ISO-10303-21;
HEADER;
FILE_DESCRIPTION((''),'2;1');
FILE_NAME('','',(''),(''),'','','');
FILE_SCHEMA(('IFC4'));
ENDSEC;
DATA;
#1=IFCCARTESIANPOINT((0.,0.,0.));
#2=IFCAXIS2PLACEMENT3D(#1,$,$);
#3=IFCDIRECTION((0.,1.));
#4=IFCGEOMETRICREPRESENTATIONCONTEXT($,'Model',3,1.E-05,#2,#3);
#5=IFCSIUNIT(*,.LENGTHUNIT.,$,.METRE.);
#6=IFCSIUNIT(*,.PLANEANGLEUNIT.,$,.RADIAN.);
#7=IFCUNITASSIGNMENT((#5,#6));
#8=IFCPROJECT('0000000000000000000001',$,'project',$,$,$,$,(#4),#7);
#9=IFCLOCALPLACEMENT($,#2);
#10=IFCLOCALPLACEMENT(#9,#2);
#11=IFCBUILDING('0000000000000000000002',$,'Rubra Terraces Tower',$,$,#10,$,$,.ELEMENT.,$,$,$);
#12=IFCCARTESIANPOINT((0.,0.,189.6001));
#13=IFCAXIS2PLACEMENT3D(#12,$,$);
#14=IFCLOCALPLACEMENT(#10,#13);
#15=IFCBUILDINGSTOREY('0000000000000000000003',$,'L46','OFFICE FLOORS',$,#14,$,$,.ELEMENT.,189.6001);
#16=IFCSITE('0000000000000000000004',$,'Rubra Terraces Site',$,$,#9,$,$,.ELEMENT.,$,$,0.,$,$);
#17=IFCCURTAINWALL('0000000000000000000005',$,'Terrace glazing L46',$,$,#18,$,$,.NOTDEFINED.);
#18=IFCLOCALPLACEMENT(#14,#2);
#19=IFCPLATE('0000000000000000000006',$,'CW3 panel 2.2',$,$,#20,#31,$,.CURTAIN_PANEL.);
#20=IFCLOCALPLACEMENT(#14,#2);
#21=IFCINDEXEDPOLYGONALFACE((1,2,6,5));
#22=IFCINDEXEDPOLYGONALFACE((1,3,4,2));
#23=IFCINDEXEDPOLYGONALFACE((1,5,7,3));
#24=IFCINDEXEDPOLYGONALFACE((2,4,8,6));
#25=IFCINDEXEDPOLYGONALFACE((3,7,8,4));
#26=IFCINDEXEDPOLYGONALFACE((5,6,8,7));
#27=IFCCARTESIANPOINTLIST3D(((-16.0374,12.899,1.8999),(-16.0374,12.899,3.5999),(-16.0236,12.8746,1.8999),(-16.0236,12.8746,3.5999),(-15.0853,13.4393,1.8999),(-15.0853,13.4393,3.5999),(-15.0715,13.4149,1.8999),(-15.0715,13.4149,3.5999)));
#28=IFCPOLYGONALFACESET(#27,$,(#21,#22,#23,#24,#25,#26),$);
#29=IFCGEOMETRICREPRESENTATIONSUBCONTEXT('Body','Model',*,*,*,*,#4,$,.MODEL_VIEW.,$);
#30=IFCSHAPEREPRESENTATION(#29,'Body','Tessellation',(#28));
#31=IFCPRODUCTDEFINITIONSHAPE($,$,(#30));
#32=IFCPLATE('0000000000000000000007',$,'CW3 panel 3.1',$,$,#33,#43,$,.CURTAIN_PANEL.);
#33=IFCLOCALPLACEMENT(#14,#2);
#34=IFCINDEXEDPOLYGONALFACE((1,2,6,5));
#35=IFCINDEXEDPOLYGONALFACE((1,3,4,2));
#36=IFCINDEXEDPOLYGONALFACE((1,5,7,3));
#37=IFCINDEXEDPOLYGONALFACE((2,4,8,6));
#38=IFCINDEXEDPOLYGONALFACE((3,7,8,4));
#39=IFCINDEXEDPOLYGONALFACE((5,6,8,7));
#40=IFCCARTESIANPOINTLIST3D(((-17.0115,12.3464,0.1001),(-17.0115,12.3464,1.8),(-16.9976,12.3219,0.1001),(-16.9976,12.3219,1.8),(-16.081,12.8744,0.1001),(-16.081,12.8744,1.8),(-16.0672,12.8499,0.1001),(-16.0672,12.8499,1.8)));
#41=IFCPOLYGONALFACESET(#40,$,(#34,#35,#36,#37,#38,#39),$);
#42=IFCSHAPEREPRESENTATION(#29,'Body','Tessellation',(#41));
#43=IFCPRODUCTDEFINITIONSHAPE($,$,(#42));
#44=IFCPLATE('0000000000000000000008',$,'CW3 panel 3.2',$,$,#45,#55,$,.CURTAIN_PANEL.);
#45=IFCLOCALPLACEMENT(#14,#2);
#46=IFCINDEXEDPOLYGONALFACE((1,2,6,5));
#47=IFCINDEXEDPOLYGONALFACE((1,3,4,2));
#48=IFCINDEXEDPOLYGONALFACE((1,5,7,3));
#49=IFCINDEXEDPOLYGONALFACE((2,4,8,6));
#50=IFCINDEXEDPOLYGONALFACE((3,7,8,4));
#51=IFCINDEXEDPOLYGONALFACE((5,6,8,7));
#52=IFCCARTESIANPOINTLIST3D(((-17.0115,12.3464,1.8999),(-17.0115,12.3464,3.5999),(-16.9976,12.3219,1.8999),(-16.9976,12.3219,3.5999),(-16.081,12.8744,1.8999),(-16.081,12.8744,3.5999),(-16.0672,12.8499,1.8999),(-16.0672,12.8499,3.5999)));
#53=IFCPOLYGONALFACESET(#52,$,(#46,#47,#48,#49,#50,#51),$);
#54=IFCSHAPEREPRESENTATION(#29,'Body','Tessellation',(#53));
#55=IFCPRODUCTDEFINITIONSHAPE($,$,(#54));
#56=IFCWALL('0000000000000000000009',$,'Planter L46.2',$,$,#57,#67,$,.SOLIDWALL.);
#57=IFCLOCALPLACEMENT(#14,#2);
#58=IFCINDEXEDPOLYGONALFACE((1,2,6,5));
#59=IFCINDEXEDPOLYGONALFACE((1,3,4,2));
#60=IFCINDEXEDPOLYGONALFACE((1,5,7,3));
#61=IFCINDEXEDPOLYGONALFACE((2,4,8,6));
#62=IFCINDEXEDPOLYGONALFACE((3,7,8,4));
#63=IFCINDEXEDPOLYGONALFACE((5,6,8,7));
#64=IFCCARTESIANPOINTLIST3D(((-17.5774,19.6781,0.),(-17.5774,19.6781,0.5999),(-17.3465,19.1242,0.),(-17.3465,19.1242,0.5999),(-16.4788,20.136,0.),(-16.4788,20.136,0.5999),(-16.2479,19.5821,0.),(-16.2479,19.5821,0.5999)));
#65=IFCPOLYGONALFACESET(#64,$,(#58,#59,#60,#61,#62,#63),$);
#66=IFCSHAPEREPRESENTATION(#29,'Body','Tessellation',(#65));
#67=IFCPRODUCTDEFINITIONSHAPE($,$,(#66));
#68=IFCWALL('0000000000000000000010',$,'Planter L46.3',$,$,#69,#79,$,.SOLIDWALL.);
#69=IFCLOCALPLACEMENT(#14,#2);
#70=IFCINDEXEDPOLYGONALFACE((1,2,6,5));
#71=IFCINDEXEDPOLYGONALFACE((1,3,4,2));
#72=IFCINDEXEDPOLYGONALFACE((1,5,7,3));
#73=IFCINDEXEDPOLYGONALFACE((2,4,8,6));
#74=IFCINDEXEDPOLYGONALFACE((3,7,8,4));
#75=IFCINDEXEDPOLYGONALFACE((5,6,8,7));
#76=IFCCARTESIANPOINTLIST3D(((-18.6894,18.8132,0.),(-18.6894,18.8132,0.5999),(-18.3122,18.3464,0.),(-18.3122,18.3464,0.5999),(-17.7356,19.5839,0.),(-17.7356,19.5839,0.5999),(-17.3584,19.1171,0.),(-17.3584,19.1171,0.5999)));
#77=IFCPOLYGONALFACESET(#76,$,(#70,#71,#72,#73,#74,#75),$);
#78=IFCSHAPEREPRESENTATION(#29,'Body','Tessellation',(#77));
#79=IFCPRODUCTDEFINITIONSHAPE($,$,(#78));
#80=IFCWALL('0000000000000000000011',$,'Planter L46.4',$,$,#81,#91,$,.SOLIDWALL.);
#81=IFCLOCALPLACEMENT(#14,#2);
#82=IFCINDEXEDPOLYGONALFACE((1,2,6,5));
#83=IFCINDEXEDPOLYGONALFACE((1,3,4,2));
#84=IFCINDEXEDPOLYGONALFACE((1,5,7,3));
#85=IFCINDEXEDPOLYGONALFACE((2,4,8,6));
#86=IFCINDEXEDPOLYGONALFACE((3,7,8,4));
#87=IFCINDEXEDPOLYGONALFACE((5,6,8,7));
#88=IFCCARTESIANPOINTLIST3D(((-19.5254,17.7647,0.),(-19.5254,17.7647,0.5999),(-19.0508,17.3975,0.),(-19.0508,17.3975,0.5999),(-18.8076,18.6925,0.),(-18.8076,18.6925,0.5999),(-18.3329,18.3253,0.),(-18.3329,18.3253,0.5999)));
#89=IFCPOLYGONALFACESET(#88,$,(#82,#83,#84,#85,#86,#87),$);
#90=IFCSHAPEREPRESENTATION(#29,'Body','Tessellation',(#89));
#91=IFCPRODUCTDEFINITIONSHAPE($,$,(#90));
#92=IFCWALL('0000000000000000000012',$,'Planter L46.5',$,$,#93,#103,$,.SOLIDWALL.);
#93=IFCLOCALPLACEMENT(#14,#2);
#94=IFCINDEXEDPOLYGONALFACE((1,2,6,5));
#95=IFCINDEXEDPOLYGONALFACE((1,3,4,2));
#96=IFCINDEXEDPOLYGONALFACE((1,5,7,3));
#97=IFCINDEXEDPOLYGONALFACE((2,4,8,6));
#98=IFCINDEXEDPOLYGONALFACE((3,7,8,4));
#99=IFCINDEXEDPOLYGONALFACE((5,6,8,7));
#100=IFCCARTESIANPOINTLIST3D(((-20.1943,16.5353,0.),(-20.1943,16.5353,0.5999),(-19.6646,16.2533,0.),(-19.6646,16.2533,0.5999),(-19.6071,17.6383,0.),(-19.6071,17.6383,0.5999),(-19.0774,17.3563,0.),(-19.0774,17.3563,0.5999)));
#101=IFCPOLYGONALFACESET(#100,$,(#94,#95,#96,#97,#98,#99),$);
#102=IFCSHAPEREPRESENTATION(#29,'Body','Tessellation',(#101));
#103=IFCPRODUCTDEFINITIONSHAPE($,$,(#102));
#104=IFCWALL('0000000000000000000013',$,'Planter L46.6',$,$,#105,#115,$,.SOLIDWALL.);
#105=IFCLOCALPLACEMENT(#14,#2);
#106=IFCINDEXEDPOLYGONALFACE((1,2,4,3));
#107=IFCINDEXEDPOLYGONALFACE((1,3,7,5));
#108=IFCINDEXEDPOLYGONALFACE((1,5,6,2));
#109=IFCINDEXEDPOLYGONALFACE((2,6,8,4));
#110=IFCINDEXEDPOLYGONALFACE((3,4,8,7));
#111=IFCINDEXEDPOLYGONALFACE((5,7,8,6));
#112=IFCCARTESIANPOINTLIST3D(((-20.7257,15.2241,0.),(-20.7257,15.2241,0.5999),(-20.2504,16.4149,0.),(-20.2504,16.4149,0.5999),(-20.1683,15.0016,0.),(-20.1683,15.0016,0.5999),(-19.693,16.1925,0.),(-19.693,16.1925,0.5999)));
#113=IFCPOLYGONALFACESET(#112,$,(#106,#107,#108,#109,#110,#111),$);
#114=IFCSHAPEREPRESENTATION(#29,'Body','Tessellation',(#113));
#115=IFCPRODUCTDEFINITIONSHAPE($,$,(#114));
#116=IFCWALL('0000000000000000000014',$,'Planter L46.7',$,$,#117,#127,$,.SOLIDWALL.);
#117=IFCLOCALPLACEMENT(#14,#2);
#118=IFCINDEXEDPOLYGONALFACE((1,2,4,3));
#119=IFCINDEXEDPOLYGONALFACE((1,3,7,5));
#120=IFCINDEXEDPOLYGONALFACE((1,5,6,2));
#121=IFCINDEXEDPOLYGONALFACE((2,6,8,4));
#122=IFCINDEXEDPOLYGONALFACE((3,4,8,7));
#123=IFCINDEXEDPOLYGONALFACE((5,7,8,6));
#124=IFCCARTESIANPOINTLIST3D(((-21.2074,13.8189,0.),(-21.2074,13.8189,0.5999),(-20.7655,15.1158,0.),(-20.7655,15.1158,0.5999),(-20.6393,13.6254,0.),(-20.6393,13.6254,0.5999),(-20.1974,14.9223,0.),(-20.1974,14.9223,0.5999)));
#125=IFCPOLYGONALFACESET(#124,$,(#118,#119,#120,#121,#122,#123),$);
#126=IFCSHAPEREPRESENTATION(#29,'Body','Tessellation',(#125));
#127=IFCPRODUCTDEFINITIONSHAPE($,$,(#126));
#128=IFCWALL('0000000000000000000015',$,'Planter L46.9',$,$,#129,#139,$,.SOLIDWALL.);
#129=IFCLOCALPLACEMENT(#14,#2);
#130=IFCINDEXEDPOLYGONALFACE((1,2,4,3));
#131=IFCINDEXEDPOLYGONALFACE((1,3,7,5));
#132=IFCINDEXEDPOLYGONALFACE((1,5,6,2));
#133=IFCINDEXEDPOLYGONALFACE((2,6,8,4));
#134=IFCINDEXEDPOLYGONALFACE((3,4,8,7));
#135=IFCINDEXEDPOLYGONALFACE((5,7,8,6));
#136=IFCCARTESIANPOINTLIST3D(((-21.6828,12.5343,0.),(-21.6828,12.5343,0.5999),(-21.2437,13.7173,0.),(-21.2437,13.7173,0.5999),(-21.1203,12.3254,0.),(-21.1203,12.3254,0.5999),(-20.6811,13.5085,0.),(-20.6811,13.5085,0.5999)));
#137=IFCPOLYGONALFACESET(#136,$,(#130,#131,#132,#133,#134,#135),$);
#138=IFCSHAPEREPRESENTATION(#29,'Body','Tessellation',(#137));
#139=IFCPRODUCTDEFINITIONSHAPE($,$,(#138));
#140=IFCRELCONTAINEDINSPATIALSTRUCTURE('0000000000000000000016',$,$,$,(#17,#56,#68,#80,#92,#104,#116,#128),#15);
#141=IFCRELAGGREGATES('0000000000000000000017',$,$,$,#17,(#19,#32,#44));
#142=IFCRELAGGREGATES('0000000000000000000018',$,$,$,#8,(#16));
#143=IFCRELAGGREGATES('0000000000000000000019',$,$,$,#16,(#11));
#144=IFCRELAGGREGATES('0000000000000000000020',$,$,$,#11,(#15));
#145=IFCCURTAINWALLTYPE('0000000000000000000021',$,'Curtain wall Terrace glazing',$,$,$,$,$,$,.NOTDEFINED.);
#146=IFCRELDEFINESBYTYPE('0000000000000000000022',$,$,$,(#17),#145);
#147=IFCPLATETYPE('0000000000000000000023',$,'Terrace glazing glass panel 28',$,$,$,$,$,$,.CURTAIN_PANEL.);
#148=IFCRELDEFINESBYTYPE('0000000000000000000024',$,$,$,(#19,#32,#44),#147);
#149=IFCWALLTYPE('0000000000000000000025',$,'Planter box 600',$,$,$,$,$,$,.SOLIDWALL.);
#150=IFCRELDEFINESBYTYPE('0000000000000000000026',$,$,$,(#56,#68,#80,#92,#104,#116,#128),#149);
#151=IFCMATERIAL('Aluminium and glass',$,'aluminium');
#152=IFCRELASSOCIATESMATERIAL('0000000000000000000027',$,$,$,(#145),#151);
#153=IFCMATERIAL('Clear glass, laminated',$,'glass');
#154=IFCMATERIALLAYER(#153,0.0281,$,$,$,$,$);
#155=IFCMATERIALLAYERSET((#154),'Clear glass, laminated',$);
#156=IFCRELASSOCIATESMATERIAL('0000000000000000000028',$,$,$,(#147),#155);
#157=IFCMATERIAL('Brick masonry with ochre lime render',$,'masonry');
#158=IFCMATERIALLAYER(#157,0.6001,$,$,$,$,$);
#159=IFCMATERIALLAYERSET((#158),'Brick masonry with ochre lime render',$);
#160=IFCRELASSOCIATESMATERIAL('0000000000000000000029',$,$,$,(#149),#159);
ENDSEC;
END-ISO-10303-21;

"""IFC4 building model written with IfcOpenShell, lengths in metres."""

from ifc_helpers import new_model, si_unit, direction, frame, frame_2d, origin, origin_2d, place, context, subcontext, project, spatial, rectangle, extrude, material, layer, layer_set, type_object, element, aggregate, save


model = new_model("IFC4")

# Units and contexts
model_context = context("Model", 3, precision=1e-05, world=origin(), true_north=direction((0.0, 1.0)))
body_context = subcontext(model_context, "Body", "Model", "MODEL_VIEW")
ifc_project = project(units=[si_unit("LENGTHUNIT", "METRE"), si_unit("PLANEANGLEUNIT", "RADIAN")], contexts=[model_context])

# Site, building, storey
site_placement = place(None, origin())
site = spatial("IfcSite", under=ifc_project, at=site_placement, Name="Rubra Terraces Site", CompositionType="ELEMENT", RefElevation=0.0)
building_placement = place(site_placement, origin())
building = spatial("IfcBuilding", under=site, at=building_placement, Name="Rubra Terraces Tower", CompositionType="ELEMENT")
storey_placement = place(building_placement, frame((0.0, 0.0, 189.6001)))
storey = spatial("IfcBuildingStorey", under=building, at=storey_placement, Name="L46", Description="OFFICE FLOORS", CompositionType="ELEMENT", Elevation=189.6001)

# Curtain wall, plates
ifc_material_1 = material(Name="Aluminium and glass", Category="aluminium")
curtain_wall_type = type_object("IfcCurtainWallType", Name="Curtain wall Terrace glazing", PredefinedType="NOTDEFINED", material=ifc_material_1)
curtain_wall_placement = place(storey_placement, origin())
curtain_wall = element("IfcCurtainWall", 1, at=curtain_wall_placement, inside=storey, type_object=curtain_wall_type, Name="Terrace glazing L46", PredefinedType="NOTDEFINED")
ifc_material_2 = material(Name="Clear glass, laminated", Category="glass")
ifc_layer_1 = layer(ifc_material_2, 0.0281)
ifc_layer_set_1 = layer_set([ifc_layer_1], Name="Clear glass, laminated")
plate_type = type_object("IfcPlateType", Name="Terrace glazing glass panel 28", PredefinedType="CURTAIN_PANEL", material=ifc_layer_set_1)
plate_1_placement = place(storey_placement, frame((-15.5544, 13.157, 1.8999), z_axis=(0.0, 0.0, 1.0), x_axis=(-0.869726, -0.493534, 0.0)))
plate_1 = element("IfcPlate", 2, at=plate_1_placement, type_object=plate_type, Name="CW3 panel 2.2", PredefinedType="CURTAIN_PANEL", context=body_context, shape_type="SweptSolid", body=[
    extrude(rectangle(XDim=1.0947, YDim=0.0281, at=origin_2d()), origin(), (0.0, 0.0, 1.0), 1.7),
])
plate_2_placement = place(storey_placement, frame((-16.5393, 12.5981, 0.1001), z_axis=(0.0, 0.0, 1.0), x_axis=(-0.869726, -0.493534, 0.0)))
plate_2 = element("IfcPlate", 3, at=plate_2_placement, type_object=plate_type, Name="CW3 panel 3.1", PredefinedType="CURTAIN_PANEL", context=body_context, shape_type="SweptSolid", body=[
    extrude(rectangle(XDim=1.0698, YDim=0.0281, at=origin_2d()), origin(), (0.0, 0.0, 1.0), 1.7),
])
plate_3_placement = place(storey_placement, frame((-16.5393, 12.5981, 1.8999), z_axis=(0.0, 0.0, 1.0), x_axis=(-0.869726, -0.493534, 0.0)))
plate_3 = element("IfcPlate", 4, at=plate_3_placement, type_object=plate_type, Name="CW3 panel 3.2", PredefinedType="CURTAIN_PANEL", context=body_context, shape_type="SweptSolid", body=[
    extrude(rectangle(XDim=1.0698, YDim=0.0281, at=origin_2d()), origin(), (0.0, 0.0, 1.0), 1.7),
])
aggregate(curtain_wall, [plate_1, plate_2, plate_3])

# Walls
ifc_material_3 = material(Name="Brick masonry with ochre lime render", Category="masonry")
ifc_layer_2 = layer(ifc_material_3, 0.6001)
ifc_layer_set_2 = layer_set([ifc_layer_2], Name="Brick masonry with ochre lime render")
wall_type = type_object("IfcWallType", Name="Planter box 600", PredefinedType="SOLIDWALL", material=ifc_layer_set_2)
wall_1_placement = place(storey_placement, frame((-16.3633, 19.8591, 0.0), z_axis=(0.0, 0.0, 1.0), x_axis=(-0.923004, -0.38479, 0.0)))
element("IfcWall", 5, at=wall_1_placement, inside=storey, type_object=wall_type, Name="Planter L46.2", PredefinedType="SOLIDWALL", context=body_context, shape_type="SweptSolid", body=[
    extrude(rectangle(XDim=1.1902, YDim=0.6001, at=frame_2d((0.5952, 0.0))), origin(), (0.0, 0.0, 1.0), 0.5999),
])
wall_2_placement = place(storey_placement, frame((-17.5469, 19.3506, 0.0), z_axis=(0.0, 0.0, 1.0), x_axis=(-0.77781, -0.628499, 0.0)))
element("IfcWall", 6, at=wall_2_placement, inside=storey, type_object=wall_type, Name="Planter L46.3", PredefinedType="SOLIDWALL", context=body_context, shape_type="SweptSolid", body=[
    extrude(rectangle(XDim=1.2263, YDim=0.6001, at=frame_2d((0.6133, 0.0))), origin(), (0.0, 0.0, 1.0), 0.5999),
])
wall_3_placement = place(storey_placement, frame((-18.5703, 18.5088, 0.0), z_axis=(0.0, 0.0, 1.0), x_axis=(-0.611921, -0.790919, 0.0)))
element("IfcWall", 7, at=wall_3_placement, inside=storey, type_object=wall_type, Name="Planter L46.4", PredefinedType="SOLIDWALL", context=body_context, shape_type="SweptSolid", body=[
    extrude(rectangle(XDim=1.1731, YDim=0.6001, at=frame_2d((0.5864, 0.0))), origin(), (0.0, 0.0, 1.0), 0.5999),
])
wall_4_placement = place(storey_placement, frame((-19.3423, 17.4973, 0.0), z_axis=(0.0, 0.0, 1.0), x_axis=(-0.469888, -0.882726, 0.0)))
element("IfcWall", 8, at=wall_4_placement, inside=storey, type_object=wall_type, Name="Planter L46.5", PredefinedType="SOLIDWALL", context=body_context, shape_type="SweptSolid", body=[
    extrude(rectangle(XDim=1.2495, YDim=0.6001, at=frame_2d((0.6248, 0.0))), origin(), (0.0, 0.0, 1.0), 0.5999),
])
wall_5_placement = place(storey_placement, frame((-19.9717, 16.3037, 0.0), z_axis=(0.0, 0.0, 1.0), x_axis=(-0.370701, -0.928752, 0.0)))
element("IfcWall", 9, at=wall_5_placement, inside=storey, type_object=wall_type, Name="Planter L46.6", PredefinedType="SOLIDWALL", context=body_context, shape_type="SweptSolid", body=[
    extrude(rectangle(XDim=1.2822, YDim=0.6001, at=frame_2d((0.6411, 0.0))), origin(), (0.0, 0.0, 1.0), 0.5999),
])
wall_6_placement = place(storey_placement, frame((-20.4814, 15.019, 0.0), z_axis=(0.0, 0.0, 1.0), x_axis=(-0.322529, -0.94656, 0.0)))
element("IfcWall", 10, at=wall_6_placement, inside=storey, type_object=wall_type, Name="Planter L46.7", PredefinedType="SOLIDWALL", context=body_context, shape_type="SweptSolid", body=[
    extrude(rectangle(XDim=1.3701, YDim=0.6001, at=frame_2d((0.6851, 0.0))), origin(), (0.0, 0.0, 1.0), 0.5999),
])
wall_7_placement = place(storey_placement, frame((-20.9624, 13.6128, 0.0), z_axis=(0.0, 0.0, 1.0), x_axis=(-0.348026, -0.937485, 0.0)))
element("IfcWall", 11, at=wall_7_placement, inside=storey, type_object=wall_type, Name="Planter L46.9", PredefinedType="SOLIDWALL", context=body_context, shape_type="SweptSolid", body=[
    extrude(rectangle(XDim=1.262, YDim=0.6001, at=frame_2d((0.6309, 0.0))), origin(), (0.0, 0.0, 1.0), 0.5999),
])

save(model, "model.ifc")
